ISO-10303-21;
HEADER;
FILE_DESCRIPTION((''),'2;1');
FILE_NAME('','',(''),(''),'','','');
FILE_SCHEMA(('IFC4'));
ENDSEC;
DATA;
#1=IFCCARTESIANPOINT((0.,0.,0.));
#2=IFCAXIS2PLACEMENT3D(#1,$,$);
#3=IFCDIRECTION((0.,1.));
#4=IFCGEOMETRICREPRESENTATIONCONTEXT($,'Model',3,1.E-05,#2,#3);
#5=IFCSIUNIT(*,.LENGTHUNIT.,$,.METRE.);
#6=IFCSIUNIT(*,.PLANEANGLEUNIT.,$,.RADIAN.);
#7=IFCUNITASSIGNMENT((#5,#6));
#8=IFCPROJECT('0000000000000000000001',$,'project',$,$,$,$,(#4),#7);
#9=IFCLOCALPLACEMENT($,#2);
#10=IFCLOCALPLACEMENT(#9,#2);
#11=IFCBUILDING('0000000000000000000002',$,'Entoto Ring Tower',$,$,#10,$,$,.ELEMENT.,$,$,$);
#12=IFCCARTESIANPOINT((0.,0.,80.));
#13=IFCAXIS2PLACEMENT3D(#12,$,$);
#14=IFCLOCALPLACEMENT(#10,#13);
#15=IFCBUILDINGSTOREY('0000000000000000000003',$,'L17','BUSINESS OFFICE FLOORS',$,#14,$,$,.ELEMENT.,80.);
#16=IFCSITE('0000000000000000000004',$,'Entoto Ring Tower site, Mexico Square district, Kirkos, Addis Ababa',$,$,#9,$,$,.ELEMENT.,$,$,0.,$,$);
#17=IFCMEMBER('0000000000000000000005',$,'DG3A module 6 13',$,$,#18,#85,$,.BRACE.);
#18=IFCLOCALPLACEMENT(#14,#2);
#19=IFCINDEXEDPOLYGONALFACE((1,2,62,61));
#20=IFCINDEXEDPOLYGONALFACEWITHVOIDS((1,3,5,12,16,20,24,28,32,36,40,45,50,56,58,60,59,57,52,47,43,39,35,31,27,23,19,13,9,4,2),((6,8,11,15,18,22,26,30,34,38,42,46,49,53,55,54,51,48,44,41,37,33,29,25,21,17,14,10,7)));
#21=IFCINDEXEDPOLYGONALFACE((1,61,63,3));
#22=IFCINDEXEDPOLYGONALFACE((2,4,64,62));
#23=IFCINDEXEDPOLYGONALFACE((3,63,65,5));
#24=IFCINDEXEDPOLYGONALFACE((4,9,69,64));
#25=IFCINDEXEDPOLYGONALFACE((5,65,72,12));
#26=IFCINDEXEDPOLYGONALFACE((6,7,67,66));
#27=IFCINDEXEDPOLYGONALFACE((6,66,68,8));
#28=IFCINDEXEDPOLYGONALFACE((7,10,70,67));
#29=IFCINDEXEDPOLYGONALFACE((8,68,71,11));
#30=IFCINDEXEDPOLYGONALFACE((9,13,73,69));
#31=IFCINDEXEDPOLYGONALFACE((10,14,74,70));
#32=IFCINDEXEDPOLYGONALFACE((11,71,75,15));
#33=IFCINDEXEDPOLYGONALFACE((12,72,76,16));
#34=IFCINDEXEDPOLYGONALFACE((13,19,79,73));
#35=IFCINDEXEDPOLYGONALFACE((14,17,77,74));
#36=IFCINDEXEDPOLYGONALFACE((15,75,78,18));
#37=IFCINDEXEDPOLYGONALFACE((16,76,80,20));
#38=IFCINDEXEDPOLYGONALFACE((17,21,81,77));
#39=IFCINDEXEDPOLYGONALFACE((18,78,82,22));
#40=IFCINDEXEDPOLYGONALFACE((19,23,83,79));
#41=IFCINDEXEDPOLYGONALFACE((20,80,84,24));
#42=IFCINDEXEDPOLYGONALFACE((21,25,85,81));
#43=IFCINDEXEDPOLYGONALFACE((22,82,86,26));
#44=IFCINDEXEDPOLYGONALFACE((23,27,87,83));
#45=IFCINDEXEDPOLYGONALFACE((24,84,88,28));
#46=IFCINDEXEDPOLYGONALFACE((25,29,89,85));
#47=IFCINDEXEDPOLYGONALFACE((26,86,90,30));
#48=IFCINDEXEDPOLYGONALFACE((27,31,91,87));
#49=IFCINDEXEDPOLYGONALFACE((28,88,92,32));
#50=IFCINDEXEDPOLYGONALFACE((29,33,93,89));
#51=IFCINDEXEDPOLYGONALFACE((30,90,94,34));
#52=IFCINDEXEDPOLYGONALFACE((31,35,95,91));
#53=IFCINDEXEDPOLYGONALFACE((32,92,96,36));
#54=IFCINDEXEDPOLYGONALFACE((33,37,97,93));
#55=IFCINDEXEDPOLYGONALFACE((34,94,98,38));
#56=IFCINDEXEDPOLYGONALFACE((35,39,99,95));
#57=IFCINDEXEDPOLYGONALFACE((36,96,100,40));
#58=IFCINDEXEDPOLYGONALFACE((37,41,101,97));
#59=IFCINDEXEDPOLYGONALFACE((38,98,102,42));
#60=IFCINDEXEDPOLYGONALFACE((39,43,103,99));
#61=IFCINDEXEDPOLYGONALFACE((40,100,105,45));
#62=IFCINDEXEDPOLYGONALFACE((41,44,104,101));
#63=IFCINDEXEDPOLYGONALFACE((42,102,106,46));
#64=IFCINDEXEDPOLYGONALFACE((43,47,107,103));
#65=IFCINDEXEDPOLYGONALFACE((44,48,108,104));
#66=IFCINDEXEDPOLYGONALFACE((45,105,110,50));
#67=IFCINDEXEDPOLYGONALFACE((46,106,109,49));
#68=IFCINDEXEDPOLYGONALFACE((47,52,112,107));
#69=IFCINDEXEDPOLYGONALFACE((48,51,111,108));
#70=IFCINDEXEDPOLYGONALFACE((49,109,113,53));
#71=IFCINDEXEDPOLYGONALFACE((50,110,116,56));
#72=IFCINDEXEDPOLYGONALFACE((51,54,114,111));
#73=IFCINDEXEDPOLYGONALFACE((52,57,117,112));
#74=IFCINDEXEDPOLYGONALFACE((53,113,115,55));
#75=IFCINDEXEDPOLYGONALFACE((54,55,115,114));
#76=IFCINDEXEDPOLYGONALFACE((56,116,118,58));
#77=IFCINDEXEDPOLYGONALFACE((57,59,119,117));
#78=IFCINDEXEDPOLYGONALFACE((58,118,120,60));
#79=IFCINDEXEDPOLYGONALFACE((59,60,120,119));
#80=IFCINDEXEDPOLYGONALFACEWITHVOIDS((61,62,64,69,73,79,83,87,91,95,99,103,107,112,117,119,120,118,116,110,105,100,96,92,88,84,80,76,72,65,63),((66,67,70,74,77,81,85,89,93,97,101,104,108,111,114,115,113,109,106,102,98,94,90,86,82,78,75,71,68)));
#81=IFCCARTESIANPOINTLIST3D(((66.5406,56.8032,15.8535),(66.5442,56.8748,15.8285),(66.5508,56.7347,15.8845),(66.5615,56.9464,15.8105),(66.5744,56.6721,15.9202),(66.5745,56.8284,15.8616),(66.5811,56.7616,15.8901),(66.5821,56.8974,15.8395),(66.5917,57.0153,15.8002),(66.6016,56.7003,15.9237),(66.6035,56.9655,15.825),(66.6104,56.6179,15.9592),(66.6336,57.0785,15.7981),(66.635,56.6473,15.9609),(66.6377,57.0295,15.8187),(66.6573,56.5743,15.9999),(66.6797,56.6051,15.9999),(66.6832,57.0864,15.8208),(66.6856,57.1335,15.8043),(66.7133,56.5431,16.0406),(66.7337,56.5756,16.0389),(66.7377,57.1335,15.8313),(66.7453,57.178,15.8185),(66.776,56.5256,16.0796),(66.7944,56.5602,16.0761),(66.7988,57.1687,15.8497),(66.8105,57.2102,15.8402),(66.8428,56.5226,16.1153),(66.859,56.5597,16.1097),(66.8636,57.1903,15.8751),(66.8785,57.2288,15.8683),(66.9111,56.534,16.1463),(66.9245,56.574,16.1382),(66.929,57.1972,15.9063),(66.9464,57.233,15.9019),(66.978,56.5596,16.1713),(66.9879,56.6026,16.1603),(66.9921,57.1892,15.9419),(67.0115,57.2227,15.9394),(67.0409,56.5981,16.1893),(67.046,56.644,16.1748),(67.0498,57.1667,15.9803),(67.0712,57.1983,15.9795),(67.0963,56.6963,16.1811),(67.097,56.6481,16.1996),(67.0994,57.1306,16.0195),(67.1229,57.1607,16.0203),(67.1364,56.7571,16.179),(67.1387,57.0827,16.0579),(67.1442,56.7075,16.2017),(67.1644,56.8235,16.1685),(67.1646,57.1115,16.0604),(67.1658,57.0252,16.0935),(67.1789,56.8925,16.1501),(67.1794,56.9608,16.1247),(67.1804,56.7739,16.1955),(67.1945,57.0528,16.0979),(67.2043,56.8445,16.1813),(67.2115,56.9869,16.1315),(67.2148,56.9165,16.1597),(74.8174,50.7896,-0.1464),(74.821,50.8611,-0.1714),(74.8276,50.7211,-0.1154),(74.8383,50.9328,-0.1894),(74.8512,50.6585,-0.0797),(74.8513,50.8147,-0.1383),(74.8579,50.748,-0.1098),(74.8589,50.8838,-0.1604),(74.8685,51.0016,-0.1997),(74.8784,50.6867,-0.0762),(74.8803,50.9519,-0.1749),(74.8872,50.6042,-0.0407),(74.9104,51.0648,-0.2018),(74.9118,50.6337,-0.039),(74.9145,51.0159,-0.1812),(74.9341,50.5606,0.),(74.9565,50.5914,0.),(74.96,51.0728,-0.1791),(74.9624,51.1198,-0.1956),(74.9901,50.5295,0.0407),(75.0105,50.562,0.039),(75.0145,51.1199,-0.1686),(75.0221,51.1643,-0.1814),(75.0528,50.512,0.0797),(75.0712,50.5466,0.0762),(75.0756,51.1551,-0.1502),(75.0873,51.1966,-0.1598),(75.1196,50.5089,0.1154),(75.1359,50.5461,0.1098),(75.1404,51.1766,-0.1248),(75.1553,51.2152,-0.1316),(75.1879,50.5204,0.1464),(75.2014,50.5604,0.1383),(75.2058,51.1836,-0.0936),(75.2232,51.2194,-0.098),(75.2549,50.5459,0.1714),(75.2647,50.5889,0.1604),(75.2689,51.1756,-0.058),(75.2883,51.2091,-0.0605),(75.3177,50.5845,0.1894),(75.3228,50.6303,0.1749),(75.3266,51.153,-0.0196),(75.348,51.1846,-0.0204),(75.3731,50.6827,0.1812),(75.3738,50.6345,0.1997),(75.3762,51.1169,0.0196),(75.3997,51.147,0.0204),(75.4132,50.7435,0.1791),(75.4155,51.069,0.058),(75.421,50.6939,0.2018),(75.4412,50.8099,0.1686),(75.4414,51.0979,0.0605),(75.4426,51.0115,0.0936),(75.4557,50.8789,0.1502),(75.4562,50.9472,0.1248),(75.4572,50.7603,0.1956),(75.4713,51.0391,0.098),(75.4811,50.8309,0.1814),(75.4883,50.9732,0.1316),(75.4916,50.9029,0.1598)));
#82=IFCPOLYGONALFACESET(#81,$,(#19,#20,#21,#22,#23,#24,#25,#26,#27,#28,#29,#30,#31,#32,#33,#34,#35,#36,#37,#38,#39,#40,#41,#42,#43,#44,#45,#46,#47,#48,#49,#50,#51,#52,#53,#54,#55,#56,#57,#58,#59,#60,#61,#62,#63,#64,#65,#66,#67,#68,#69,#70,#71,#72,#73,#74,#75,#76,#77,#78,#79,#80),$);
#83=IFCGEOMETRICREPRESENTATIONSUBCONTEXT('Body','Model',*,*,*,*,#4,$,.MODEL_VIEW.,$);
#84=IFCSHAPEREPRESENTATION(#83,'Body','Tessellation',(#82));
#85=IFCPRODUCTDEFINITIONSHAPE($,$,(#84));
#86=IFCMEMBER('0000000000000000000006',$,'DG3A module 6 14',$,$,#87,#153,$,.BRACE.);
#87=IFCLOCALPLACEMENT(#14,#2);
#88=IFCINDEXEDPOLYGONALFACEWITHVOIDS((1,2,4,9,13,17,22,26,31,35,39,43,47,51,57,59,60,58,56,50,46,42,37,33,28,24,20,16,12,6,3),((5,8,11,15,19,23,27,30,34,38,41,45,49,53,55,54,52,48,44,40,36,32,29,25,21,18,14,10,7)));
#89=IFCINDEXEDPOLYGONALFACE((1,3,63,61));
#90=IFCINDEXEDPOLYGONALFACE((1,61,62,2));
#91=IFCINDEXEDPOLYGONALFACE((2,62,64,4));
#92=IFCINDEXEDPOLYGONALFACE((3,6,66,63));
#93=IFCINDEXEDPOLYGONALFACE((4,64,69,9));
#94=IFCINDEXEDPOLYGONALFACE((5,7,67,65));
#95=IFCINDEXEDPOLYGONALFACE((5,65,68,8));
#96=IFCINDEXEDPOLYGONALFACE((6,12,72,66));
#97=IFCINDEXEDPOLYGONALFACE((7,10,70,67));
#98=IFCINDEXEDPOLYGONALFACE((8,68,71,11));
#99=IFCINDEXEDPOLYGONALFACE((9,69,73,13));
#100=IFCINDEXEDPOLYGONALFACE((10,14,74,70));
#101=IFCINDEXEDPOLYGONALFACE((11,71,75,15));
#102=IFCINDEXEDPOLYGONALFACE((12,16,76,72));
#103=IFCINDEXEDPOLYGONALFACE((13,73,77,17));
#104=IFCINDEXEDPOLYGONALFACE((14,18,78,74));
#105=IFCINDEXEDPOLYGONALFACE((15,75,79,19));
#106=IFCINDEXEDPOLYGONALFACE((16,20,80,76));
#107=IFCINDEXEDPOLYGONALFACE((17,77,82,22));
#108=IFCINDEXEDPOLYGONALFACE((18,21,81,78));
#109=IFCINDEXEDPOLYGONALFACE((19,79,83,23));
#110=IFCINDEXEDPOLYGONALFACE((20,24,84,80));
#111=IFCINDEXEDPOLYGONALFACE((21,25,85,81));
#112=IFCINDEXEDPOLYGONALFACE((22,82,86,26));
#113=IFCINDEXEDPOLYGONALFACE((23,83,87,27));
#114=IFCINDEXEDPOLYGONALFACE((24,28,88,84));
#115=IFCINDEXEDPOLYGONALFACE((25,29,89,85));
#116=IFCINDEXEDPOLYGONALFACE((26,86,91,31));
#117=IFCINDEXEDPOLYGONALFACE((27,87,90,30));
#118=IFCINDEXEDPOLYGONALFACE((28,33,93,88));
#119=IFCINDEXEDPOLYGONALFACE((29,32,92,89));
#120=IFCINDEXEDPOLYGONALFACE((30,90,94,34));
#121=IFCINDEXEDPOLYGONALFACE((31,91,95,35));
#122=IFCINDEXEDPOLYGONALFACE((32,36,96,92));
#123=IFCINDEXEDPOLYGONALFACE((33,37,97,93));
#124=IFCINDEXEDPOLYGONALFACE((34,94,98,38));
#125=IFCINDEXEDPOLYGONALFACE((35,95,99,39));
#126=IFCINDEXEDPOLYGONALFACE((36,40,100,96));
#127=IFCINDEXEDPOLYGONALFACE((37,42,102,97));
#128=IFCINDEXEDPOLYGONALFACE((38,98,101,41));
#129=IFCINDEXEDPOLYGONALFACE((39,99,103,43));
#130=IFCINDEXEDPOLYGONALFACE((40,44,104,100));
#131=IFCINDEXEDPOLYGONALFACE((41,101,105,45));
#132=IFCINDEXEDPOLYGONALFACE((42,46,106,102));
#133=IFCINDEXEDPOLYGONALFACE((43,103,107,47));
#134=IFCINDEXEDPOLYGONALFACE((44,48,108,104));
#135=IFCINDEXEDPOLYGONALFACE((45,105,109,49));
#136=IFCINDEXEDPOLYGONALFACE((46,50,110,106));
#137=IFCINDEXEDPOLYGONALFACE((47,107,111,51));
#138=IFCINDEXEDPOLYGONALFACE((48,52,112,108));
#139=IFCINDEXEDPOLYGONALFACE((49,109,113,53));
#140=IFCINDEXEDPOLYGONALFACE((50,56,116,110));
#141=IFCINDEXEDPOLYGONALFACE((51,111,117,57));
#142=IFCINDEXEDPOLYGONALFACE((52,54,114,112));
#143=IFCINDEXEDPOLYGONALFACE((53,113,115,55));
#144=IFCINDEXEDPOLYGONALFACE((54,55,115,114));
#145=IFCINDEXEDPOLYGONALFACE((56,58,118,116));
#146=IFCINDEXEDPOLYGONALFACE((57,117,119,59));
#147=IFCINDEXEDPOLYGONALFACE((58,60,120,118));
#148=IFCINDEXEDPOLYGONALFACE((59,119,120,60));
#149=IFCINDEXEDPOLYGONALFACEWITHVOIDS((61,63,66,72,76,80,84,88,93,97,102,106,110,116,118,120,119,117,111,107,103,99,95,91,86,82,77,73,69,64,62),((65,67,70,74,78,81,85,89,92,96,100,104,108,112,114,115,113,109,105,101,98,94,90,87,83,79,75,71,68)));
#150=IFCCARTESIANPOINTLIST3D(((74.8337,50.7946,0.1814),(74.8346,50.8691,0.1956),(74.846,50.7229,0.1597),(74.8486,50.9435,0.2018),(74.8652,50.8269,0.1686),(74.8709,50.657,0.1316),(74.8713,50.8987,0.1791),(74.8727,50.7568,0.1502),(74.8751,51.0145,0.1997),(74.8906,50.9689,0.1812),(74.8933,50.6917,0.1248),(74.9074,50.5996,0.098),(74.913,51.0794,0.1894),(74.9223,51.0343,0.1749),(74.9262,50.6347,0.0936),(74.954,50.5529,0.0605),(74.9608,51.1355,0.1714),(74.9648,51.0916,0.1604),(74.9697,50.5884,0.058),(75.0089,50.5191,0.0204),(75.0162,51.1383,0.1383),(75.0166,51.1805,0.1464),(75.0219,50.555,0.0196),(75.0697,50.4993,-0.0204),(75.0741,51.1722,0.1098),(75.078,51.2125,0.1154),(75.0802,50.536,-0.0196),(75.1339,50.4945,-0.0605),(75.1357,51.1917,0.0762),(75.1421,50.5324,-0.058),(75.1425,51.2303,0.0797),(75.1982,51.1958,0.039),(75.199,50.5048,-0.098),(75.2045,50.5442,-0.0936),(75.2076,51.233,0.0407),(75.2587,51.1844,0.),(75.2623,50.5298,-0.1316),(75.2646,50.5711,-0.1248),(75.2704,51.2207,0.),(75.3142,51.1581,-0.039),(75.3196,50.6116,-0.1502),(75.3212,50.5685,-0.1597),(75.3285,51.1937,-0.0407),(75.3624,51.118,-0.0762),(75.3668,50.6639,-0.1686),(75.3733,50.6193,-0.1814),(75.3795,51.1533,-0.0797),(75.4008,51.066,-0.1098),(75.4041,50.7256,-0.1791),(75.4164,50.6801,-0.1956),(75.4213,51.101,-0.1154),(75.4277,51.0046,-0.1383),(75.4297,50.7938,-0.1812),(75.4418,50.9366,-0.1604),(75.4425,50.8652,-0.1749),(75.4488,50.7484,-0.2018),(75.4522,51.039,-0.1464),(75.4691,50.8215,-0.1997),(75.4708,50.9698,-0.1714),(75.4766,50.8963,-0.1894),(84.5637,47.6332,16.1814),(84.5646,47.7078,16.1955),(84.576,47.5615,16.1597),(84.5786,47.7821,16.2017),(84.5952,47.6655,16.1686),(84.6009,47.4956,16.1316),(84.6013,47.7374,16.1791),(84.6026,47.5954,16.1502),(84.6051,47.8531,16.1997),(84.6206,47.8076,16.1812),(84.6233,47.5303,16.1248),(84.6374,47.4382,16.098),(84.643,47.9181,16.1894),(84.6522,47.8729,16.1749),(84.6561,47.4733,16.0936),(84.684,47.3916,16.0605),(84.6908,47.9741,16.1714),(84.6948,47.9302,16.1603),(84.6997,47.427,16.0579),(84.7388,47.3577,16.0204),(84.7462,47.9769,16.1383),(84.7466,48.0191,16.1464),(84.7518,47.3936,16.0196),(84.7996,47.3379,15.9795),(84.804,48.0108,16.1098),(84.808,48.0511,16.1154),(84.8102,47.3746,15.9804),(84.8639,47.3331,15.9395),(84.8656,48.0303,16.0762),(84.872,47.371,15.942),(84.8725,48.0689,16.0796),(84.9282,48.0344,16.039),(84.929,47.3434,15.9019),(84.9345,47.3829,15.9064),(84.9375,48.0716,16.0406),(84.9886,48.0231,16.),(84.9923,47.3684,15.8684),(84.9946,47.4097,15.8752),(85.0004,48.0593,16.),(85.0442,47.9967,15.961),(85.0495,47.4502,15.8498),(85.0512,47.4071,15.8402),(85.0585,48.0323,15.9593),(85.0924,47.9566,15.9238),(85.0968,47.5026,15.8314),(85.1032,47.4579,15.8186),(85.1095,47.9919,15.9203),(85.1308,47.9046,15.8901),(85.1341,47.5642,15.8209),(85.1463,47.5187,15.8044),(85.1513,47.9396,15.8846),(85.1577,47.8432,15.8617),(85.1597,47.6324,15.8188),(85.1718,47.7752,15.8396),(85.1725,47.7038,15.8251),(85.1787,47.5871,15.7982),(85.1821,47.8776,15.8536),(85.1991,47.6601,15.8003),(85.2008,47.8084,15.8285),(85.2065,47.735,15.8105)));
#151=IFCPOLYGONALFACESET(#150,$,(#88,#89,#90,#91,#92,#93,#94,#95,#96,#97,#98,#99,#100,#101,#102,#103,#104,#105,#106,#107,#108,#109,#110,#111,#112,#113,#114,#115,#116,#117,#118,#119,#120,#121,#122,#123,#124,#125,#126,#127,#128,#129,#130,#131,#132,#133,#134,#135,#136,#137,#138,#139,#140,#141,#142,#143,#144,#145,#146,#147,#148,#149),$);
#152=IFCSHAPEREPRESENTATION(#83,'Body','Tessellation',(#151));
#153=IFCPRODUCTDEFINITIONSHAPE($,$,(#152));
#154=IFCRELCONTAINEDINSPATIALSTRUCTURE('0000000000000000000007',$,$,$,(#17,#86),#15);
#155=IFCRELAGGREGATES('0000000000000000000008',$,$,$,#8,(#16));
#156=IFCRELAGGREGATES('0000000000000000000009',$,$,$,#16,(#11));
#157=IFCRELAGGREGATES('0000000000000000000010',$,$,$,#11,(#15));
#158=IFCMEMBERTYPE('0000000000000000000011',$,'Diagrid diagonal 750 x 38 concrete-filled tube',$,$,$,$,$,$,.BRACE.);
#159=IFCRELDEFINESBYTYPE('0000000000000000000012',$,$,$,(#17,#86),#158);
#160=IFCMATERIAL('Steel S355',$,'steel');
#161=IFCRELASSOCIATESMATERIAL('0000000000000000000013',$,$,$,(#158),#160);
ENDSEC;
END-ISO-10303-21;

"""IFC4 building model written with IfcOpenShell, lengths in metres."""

from ifc_helpers import new_model, si_unit, direction, frame, origin, origin_2d, place, context, subcontext, project, spatial, circle, hollow_circle, extrude, material, material_profile, profile_set, type_object, element, save


model = new_model("IFC4")

# Units and contexts
model_context = context("Model", 3, precision=1e-05, world=origin(), true_north=direction((0.0, 1.0)))
body_context = subcontext(model_context, "Body", "Model", "MODEL_VIEW")
ifc_project = project(units=[si_unit("LENGTHUNIT", "METRE"), si_unit("PLANEANGLEUNIT", "RADIAN")], contexts=[model_context])

# Site, building, storey
site_placement = place(None, origin())
site = spatial("IfcSite", under=ifc_project, at=site_placement, Name="Entoto Ring Tower site, Mexico Square district, Kirkos, Addis Ababa", CompositionType="ELEMENT", RefElevation=0.0)
building_placement = place(site_placement, origin())
building = spatial("IfcBuilding", under=site, at=building_placement, Name="Entoto Ring Tower", CompositionType="ELEMENT")
storey_placement = place(building_placement, frame((0.0, 0.0, 80.0)))
storey = spatial("IfcBuildingStorey", under=building, at=storey_placement, Name="L17", Description="BUSINESS OFFICE FLOORS", CompositionType="ELEMENT", Elevation=80.0)

# Members
ifc_material_1 = material(Name="Steel S355", Category="steel")
ifc_material_profile_1 = material_profile(ifc_material_1, hollow_circle(Radius=0.375, WallThickness=0.0381, at=origin_2d()), Name="CHS 750 x 38")
ifc_material_2 = material(Name="Concrete C60/75", Category="concrete")
ifc_material_profile_2 = material_profile(ifc_material_2, circle(Radius=0.3369, at=origin_2d()), Name="Concrete C60/75 infill")
ifc_profile_set_1 = profile_set([ifc_material_profile_1, ifc_material_profile_2], Name="Steel S355")
member_type_1 = type_object("IfcMemberType", Name="Diagrid diagonal 750 x 38 concrete-filled tube", PredefinedType="BRACE", material=ifc_profile_set_1)
for number, where, z_axis, x_axis, name in (
    (1, (75.1545, 50.864, 0.0), (-0.435823, 0.316654, 0.84249), (-0.587797, -0.809008, 0.0), "DG3A module 6 13"),
    (2, (75.1545, 50.864, 0.0), (0.512341, -0.166465, 0.842494), (0.309009, 0.951059, 0.0), "DG3A module 6 14"),
):
    element("IfcMember", number, at=place(storey_placement, frame(where, z_axis=z_axis, x_axis=x_axis)), inside=storey, type_object=member_type_1, Name=name, PredefinedType="BRACE", context=body_context, shape_type="SweptSolid", body=[
        extrude(hollow_circle(Radius=0.375, WallThickness=0.0381, at=origin_2d()), origin(), (0.0, 0.0, 1.0), 18.9912),
    ])

save(model, "model.ifc")
